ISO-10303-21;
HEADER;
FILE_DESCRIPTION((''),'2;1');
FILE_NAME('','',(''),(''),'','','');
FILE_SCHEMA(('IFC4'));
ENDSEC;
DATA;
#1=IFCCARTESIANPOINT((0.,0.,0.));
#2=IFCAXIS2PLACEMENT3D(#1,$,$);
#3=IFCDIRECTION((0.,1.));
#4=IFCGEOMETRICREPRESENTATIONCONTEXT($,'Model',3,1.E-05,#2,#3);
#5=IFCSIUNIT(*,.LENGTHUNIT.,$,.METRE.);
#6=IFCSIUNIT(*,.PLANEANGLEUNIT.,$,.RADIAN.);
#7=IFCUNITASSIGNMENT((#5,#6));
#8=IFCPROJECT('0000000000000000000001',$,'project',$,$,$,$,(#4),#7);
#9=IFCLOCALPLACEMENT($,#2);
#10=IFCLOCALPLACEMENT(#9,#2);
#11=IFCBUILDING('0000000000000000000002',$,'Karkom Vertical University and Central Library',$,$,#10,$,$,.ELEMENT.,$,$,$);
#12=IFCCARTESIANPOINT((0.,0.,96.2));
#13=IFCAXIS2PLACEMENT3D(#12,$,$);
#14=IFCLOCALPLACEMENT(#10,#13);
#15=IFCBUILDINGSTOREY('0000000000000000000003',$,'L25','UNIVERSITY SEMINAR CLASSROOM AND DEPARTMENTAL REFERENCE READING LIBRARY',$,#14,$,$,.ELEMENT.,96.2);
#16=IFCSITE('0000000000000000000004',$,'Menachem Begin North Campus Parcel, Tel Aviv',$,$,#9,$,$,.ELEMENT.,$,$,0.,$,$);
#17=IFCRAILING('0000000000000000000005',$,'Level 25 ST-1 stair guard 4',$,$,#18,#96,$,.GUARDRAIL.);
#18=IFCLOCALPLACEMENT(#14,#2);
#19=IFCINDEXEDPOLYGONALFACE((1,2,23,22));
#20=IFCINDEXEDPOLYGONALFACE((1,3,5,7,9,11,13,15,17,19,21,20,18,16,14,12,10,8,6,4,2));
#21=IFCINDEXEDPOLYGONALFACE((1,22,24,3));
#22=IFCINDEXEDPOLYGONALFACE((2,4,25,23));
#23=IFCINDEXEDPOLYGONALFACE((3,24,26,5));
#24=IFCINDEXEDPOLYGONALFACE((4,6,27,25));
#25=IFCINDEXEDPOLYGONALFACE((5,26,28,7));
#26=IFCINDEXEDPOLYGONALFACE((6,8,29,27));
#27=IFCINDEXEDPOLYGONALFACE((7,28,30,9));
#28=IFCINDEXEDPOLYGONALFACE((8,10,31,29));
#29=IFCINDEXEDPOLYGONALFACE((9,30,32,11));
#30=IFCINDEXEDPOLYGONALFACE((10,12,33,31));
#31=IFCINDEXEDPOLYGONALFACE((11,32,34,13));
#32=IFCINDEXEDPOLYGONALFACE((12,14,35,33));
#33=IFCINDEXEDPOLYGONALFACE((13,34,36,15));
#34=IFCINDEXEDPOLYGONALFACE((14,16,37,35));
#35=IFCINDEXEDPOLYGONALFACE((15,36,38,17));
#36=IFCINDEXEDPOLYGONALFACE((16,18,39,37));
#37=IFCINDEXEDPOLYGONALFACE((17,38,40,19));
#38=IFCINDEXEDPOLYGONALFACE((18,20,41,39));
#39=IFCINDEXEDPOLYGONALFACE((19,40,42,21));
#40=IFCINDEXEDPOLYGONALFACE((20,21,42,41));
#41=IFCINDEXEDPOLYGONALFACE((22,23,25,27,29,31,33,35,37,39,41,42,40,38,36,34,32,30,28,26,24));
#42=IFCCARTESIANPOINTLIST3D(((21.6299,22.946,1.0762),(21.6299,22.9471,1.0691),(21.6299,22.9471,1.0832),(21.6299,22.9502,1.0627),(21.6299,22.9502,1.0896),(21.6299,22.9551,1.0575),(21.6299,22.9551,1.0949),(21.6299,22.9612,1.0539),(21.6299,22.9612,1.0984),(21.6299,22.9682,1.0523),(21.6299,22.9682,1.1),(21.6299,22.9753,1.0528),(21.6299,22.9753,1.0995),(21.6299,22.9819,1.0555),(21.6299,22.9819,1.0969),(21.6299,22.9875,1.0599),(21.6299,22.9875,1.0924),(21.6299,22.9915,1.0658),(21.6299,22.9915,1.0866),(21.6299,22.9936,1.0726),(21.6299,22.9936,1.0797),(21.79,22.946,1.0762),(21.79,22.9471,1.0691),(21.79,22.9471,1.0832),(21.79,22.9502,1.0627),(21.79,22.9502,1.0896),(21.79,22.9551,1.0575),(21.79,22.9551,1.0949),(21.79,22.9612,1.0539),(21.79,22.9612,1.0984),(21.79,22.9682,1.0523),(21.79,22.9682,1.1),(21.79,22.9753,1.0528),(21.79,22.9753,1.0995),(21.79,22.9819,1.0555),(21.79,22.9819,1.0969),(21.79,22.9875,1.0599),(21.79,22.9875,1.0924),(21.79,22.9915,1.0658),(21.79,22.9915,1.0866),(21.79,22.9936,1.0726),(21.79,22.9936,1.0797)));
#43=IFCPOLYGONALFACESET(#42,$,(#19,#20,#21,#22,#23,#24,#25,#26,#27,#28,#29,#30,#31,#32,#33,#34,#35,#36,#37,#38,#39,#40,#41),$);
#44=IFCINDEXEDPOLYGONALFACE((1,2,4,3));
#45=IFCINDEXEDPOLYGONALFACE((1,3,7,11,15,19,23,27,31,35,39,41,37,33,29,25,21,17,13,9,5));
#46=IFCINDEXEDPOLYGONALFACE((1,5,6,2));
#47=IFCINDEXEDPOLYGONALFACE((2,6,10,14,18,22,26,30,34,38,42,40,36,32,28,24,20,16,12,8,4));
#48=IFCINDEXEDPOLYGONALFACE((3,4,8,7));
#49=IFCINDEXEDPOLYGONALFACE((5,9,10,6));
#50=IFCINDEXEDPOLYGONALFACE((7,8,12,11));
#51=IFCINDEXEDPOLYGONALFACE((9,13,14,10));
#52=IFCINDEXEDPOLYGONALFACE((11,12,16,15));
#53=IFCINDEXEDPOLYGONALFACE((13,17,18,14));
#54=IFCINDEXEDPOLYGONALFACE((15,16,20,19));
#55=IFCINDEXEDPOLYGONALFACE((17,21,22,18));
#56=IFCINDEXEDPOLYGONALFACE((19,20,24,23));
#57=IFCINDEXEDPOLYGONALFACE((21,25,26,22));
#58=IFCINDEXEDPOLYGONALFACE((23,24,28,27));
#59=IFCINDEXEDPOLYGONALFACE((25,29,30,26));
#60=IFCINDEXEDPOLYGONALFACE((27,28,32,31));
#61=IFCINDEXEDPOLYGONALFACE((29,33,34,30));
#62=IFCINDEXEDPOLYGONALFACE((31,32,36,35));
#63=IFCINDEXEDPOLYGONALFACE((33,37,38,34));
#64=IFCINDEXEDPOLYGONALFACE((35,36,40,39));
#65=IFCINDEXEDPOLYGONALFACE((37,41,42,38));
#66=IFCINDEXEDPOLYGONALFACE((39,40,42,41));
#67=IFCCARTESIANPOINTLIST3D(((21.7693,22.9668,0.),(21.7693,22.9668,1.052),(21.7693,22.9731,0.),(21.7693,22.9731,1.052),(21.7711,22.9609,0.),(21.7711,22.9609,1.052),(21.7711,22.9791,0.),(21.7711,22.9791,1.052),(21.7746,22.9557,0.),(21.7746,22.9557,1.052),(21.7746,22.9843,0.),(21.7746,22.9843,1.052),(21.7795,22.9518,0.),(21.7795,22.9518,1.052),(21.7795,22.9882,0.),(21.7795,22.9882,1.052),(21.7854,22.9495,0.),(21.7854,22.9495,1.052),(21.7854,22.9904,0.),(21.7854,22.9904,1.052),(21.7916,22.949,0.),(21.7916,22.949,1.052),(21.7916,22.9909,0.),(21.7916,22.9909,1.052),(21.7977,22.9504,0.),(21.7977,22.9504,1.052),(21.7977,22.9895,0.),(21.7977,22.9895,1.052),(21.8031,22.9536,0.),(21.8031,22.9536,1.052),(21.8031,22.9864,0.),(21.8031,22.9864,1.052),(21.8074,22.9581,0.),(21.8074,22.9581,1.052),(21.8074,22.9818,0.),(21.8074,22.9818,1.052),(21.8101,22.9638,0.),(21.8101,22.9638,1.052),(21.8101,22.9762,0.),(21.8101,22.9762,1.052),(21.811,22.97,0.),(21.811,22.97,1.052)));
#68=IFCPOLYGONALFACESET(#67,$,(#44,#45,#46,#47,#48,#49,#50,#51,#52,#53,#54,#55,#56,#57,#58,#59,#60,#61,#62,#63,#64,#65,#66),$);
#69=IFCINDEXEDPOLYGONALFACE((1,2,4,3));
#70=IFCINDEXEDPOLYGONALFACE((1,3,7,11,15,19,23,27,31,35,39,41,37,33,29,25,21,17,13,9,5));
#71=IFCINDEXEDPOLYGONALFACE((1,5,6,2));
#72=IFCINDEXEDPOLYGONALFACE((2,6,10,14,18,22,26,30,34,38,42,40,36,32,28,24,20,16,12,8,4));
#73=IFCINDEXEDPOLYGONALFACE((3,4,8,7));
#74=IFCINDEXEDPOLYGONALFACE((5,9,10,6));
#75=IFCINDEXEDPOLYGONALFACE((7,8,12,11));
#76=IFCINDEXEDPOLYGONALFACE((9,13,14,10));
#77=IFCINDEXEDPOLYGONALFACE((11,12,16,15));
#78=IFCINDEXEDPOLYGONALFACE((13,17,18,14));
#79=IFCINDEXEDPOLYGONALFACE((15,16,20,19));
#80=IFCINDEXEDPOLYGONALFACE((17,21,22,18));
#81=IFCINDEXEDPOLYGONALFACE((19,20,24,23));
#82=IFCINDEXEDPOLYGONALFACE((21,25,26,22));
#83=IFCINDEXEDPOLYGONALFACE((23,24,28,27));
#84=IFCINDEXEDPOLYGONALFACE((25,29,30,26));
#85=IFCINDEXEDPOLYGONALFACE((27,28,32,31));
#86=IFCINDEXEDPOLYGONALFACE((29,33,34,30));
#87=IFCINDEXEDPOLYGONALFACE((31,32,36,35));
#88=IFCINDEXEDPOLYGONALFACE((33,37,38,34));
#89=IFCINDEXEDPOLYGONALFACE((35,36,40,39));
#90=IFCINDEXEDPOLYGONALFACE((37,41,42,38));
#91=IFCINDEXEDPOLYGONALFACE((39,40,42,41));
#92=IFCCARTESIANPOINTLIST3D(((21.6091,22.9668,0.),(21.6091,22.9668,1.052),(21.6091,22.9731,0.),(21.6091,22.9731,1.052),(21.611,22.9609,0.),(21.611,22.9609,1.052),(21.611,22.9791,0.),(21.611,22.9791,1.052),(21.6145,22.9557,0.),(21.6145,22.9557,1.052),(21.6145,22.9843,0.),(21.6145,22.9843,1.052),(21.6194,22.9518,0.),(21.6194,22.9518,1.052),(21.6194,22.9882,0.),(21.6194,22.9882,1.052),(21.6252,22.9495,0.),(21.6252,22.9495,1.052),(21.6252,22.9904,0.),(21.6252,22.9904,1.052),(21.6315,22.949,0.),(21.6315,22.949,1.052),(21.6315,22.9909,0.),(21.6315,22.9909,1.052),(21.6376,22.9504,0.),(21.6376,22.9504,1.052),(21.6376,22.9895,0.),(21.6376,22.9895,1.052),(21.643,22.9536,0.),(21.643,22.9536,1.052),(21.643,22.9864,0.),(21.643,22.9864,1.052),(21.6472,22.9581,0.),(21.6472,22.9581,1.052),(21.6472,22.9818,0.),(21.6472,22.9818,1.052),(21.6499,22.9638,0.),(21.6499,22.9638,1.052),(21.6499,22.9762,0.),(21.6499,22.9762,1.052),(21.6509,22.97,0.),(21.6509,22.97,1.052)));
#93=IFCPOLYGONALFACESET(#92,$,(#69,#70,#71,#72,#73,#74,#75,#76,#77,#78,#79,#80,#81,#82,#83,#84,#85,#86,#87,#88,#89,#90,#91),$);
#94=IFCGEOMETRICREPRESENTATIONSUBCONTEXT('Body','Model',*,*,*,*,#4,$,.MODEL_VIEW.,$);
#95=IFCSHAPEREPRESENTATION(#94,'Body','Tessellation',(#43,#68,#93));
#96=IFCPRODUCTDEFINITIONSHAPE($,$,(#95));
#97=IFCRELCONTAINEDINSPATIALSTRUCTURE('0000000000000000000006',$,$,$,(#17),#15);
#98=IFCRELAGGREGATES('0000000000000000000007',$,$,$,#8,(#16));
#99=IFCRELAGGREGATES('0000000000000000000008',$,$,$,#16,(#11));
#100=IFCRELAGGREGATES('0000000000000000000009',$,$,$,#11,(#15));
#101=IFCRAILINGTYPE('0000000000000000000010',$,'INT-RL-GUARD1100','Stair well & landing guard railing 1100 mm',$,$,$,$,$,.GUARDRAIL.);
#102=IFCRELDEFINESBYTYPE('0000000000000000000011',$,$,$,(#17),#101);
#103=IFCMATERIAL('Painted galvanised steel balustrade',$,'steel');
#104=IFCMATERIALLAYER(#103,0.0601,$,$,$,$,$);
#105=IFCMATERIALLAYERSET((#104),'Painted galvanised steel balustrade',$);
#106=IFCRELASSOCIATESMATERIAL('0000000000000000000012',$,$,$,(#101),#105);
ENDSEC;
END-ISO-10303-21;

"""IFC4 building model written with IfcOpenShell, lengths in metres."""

from ifc_helpers import new_model, si_unit, direction, frame, origin, origin_2d, place, context, subcontext, project, spatial, circle, extrude, material, layer, layer_set, type_object, element, save


model = new_model("IFC4")

# Units and contexts
model_context = context("Model", 3, precision=1e-05, world=origin(), true_north=direction((0.0, 1.0)))
body_context = subcontext(model_context, "Body", "Model", "MODEL_VIEW")
ifc_project = project(units=[si_unit("LENGTHUNIT", "METRE"), si_unit("PLANEANGLEUNIT", "RADIAN")], contexts=[model_context])

# Site, building, storey
site_placement = place(None, origin())
site = spatial("IfcSite", under=ifc_project, at=site_placement, Name="Menachem Begin North Campus Parcel, Tel Aviv", CompositionType="ELEMENT", RefElevation=0.0)
building_placement = place(site_placement, origin())
building = spatial("IfcBuilding", under=site, at=building_placement, Name="Karkom Vertical University and Central Library", CompositionType="ELEMENT")
storey_placement = place(building_placement, frame((0.0, 0.0, 96.2)))
storey = spatial("IfcBuildingStorey", under=building, at=storey_placement, Name="L25", Description="UNIVERSITY SEMINAR CLASSROOM AND DEPARTMENTAL REFERENCE READING LIBRARY", CompositionType="ELEMENT", Elevation=96.2)

# Railing
ifc_material_1 = material(Name="Painted galvanised steel balustrade", Category="steel")
ifc_layer_1 = layer(ifc_material_1, 0.0601)
ifc_layer_set_1 = layer_set([ifc_layer_1], Name="Painted galvanised steel balustrade")
railing_type = type_object("IfcRailingType", Name="INT-RL-GUARD1100", Description="Stair well & landing guard railing 1100 mm", PredefinedType="GUARDRAIL", material=ifc_layer_set_1)
railing_1_placement = place(storey_placement, frame((21.79, 22.97, 0.0)))
element("IfcRailing", 1, at=railing_1_placement, inside=storey, type_object=railing_type, Name="Level 25 ST-1 stair guard 4", PredefinedType="GUARDRAIL", context=body_context, shape_type="SweptSolid", body=[
    extrude(circle(Radius=0.0239, at=origin_2d()), frame((0.0, 0.0, 1.0762), z_axis=(-1.0, 0.0, 0.0), x_axis=(0.0, -1.0, 0.0)), (0.0, 0.0, 1.0), 0.1602),
    extrude(circle(Radius=0.021, at=origin_2d()), origin(), (0.0, 0.0, 1.0), 1.052),
    extrude(circle(Radius=0.021, at=origin_2d()), frame((-0.1602, 0.0, 0.0)), (0.0, 0.0, 1.0), 1.052),
])

save(model, "model.ifc")
